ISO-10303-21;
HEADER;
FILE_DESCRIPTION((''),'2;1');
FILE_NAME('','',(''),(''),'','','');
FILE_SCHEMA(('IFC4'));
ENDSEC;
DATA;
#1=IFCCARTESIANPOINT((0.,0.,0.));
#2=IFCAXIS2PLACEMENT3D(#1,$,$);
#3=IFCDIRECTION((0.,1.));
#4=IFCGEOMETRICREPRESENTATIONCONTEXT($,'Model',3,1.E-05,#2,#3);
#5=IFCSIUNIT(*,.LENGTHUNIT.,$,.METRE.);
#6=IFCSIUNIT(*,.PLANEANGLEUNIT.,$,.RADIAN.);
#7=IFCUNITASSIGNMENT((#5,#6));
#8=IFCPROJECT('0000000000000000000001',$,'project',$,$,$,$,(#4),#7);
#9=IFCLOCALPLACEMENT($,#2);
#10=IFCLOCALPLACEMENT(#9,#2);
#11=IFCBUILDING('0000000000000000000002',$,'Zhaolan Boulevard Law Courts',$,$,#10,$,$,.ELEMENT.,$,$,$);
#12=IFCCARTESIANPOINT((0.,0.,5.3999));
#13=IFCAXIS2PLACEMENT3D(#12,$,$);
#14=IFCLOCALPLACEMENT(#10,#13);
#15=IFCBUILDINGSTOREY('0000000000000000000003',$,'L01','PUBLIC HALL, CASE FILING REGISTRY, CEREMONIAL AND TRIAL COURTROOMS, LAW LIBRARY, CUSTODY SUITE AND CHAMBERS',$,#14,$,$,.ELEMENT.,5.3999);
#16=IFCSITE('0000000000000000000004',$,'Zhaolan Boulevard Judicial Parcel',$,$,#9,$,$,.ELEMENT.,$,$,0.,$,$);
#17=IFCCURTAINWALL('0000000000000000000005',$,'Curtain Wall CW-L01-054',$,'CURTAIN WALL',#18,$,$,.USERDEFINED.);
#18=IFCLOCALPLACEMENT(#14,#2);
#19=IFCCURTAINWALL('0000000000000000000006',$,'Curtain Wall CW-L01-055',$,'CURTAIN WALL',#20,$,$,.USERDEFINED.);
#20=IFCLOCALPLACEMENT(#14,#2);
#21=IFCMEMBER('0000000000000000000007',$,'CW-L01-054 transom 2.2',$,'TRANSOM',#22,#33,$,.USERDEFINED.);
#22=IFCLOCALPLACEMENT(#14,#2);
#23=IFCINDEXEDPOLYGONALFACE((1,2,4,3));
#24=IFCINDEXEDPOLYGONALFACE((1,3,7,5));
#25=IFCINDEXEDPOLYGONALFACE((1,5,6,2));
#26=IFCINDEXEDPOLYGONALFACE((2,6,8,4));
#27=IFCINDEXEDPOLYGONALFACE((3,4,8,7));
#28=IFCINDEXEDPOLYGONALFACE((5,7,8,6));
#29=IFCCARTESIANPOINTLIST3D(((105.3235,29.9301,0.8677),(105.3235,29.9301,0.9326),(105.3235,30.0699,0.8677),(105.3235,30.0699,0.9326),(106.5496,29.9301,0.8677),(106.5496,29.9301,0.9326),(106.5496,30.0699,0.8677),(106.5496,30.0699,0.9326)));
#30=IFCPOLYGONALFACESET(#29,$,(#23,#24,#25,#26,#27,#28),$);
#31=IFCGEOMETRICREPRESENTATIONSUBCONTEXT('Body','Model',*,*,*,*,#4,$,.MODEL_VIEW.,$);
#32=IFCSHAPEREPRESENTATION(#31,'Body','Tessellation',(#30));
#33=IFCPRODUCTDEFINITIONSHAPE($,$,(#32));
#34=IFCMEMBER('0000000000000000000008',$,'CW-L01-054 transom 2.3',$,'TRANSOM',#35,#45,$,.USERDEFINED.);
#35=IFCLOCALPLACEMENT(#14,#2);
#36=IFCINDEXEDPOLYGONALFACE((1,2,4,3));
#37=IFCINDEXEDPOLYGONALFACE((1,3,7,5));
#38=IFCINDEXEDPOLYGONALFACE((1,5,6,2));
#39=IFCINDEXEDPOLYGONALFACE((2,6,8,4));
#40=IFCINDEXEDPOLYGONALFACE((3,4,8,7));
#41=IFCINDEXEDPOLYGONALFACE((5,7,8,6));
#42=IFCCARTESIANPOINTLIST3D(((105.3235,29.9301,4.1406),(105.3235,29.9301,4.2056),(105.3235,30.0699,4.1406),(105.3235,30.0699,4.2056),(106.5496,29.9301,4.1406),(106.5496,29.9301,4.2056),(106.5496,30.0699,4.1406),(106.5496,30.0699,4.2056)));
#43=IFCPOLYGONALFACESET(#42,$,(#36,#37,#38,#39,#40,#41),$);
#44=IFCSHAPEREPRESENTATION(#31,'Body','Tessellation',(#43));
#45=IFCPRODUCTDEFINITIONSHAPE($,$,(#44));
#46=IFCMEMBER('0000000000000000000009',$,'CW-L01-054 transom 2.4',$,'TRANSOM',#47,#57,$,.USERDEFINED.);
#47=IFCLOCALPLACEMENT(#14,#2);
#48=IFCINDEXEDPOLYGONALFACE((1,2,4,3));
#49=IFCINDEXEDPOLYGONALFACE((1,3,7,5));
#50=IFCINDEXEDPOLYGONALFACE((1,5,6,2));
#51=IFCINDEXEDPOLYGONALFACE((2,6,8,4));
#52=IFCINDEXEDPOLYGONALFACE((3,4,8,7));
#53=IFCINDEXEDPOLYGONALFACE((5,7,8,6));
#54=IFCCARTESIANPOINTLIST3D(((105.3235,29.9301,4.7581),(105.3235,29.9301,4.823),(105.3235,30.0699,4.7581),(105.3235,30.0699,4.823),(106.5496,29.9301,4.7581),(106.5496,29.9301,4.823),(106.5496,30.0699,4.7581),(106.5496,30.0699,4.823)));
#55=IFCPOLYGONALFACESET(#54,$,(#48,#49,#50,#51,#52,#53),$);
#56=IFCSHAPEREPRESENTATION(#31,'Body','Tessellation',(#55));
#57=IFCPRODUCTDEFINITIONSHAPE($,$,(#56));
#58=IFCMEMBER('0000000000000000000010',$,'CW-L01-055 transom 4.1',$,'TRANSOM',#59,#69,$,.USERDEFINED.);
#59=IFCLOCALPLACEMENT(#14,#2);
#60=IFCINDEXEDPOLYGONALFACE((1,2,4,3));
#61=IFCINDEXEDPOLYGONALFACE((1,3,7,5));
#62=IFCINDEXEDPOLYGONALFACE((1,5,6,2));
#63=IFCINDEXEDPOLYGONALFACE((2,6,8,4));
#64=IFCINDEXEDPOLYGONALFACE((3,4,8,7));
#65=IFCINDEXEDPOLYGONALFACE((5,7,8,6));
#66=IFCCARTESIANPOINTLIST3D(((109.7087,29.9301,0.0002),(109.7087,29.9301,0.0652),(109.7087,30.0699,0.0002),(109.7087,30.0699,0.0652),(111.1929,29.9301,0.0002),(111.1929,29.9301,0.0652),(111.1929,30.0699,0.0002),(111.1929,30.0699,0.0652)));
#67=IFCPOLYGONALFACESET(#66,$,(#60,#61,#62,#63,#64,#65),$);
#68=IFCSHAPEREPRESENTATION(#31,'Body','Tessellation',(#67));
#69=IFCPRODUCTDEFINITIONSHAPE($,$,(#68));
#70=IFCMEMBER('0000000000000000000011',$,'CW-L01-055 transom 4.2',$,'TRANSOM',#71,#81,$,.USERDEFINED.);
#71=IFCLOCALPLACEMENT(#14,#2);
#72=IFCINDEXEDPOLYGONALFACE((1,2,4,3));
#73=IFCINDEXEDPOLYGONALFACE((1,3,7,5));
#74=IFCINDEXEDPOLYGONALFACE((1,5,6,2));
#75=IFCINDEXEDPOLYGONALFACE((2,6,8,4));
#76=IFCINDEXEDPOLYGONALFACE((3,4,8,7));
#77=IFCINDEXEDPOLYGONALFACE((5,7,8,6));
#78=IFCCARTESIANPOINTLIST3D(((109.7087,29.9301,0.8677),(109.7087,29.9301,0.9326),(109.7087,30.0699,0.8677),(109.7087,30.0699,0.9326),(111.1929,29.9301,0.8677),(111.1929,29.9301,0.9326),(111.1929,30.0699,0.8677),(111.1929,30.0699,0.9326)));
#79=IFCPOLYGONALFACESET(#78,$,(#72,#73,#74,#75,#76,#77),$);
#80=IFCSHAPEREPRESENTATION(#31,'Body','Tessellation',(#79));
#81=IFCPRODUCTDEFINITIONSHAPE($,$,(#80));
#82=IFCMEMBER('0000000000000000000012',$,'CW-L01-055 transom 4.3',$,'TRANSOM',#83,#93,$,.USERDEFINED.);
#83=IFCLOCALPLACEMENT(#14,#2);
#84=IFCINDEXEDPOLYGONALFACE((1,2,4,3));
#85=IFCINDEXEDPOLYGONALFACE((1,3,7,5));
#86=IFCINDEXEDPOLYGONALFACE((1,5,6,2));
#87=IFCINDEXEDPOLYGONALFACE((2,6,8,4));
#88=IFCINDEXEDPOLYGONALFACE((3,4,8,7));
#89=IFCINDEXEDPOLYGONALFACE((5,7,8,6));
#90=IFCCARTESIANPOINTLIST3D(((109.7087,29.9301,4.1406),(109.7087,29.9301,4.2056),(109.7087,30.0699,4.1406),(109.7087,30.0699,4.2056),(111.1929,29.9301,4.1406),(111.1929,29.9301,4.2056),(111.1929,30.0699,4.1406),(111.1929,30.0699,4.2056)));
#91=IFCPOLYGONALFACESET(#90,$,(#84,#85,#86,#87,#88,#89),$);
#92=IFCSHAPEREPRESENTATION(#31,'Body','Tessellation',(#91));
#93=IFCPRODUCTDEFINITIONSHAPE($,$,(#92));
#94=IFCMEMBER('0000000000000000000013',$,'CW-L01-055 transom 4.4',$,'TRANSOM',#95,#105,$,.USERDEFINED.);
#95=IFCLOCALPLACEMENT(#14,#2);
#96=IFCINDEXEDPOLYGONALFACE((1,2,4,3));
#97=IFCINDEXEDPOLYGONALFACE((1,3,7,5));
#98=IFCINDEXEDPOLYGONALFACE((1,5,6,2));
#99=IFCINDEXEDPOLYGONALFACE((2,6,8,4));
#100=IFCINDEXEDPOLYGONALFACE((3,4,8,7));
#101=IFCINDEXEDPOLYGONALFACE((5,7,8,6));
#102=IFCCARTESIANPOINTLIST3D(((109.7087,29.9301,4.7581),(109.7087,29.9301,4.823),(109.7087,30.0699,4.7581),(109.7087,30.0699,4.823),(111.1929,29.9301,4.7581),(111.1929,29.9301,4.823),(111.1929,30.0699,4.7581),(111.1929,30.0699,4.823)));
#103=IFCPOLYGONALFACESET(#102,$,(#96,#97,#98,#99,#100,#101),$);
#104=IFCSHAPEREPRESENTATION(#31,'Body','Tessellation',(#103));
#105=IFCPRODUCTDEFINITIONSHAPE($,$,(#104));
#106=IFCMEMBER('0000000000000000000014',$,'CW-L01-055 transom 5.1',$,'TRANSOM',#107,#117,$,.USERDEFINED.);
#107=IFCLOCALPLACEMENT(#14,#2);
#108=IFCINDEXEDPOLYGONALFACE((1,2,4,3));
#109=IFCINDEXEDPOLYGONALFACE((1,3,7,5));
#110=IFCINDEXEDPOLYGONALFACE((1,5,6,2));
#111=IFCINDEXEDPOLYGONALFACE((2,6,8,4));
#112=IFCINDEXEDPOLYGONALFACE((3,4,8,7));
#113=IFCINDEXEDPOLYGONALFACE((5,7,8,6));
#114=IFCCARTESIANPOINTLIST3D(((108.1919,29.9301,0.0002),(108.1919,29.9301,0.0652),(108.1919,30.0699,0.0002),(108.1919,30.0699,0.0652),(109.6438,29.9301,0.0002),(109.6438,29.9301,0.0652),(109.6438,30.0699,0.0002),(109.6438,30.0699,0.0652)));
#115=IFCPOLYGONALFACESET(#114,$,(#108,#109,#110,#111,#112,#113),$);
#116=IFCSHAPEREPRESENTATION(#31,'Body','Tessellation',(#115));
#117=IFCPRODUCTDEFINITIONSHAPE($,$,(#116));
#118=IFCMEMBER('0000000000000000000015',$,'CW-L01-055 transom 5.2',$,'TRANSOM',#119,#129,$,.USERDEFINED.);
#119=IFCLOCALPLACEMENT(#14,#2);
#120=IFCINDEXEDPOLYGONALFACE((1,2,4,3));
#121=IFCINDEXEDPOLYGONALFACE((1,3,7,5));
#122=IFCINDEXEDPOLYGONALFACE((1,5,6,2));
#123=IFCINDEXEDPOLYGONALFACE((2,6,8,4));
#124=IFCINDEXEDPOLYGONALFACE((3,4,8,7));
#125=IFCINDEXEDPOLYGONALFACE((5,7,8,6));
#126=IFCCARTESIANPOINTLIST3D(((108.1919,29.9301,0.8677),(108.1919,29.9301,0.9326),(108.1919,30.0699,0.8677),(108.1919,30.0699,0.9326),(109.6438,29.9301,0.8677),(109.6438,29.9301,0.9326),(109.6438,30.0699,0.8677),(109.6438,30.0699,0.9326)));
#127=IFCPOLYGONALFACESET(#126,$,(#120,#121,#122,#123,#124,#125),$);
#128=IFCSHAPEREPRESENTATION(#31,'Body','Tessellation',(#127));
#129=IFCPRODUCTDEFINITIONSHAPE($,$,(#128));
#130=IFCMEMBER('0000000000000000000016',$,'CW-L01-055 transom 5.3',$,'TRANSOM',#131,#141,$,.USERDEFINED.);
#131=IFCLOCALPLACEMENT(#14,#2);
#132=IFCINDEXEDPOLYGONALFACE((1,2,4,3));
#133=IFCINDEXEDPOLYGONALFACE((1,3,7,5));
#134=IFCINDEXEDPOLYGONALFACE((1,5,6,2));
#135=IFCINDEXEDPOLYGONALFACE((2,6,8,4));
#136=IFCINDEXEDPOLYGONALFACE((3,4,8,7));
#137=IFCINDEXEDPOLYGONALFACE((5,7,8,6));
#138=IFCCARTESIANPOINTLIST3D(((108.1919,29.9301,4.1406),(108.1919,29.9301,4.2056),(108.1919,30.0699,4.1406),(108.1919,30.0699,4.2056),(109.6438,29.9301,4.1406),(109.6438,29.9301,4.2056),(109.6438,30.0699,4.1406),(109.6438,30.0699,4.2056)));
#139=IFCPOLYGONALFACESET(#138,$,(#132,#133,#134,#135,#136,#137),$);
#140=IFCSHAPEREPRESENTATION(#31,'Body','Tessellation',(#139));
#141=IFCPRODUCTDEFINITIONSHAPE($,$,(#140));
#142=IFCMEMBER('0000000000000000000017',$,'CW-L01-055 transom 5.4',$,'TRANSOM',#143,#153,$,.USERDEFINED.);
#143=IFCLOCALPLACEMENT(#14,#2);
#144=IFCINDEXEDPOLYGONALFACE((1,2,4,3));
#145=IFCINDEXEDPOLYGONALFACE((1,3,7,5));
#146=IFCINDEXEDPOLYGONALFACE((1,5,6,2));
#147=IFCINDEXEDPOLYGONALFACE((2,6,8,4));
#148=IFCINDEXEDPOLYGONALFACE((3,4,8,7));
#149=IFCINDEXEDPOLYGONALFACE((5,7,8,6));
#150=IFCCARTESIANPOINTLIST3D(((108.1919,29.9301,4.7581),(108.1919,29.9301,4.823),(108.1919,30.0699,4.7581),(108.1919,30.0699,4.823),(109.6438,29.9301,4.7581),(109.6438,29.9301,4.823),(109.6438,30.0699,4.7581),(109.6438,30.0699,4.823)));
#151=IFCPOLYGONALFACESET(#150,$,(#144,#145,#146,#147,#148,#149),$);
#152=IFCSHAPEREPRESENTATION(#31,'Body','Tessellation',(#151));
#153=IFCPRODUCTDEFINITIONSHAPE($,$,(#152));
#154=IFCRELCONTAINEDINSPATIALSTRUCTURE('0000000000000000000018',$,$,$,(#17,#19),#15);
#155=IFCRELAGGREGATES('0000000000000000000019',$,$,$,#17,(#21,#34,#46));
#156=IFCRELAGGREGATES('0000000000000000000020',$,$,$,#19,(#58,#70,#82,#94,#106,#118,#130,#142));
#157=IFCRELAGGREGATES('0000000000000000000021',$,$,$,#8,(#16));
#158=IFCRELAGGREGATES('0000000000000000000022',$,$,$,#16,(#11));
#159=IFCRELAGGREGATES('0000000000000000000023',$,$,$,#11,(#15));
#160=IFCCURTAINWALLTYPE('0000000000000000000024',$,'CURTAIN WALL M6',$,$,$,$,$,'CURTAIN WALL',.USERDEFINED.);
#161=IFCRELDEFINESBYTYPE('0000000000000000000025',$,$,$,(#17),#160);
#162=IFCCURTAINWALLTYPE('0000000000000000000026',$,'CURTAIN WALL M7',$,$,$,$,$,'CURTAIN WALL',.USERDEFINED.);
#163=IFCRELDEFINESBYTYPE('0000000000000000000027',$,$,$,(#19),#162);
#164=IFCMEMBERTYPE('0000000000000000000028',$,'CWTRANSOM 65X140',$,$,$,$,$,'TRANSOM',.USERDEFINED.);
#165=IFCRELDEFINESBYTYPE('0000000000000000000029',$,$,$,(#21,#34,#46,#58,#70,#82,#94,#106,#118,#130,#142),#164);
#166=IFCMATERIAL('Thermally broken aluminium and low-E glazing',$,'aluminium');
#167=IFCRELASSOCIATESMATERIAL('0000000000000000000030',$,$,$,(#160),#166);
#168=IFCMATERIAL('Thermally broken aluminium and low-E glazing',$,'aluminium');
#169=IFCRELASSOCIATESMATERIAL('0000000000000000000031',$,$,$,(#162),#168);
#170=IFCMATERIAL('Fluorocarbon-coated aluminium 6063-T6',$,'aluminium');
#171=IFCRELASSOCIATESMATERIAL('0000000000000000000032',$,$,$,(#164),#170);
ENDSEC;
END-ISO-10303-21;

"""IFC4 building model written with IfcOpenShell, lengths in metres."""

from ifc_helpers import new_model, si_unit, direction, frame, origin, origin_2d, place, context, subcontext, project, spatial, rectangle, extrude, material, material_profile, profile_set, type_object, element, aggregate, save


model = new_model("IFC4")

# Units and contexts
model_context = context("Model", 3, precision=1e-05, world=origin(), true_north=direction((0.0, 1.0)))
body_context = subcontext(model_context, "Body", "Model", "MODEL_VIEW")
ifc_project = project(units=[si_unit("LENGTHUNIT", "METRE"), si_unit("PLANEANGLEUNIT", "RADIAN")], contexts=[model_context])

# Site, building, storey
site_placement = place(None, origin())
site = spatial("IfcSite", under=ifc_project, at=site_placement, Name="Zhaolan Boulevard Judicial Parcel", CompositionType="ELEMENT", RefElevation=0.0)
building_placement = place(site_placement, origin())
building = spatial("IfcBuilding", under=site, at=building_placement, Name="Zhaolan Boulevard Law Courts", CompositionType="ELEMENT")
storey_placement = place(building_placement, frame((0.0, 0.0, 5.3999)))
storey = spatial("IfcBuildingStorey", under=building, at=storey_placement, Name="L01", Description="PUBLIC HALL, CASE FILING REGISTRY, CEREMONIAL AND TRIAL COURTROOMS, LAW LIBRARY, CUSTODY SUITE AND CHAMBERS", CompositionType="ELEMENT", Elevation=5.3999)

# Curtain walls
ifc_material_1 = material(Name="Thermally broken aluminium and low-E glazing", Category="aluminium")
curtain_wall_type_1 = type_object("IfcCurtainWallType", Name="CURTAIN WALL M6", ElementType="CURTAIN WALL", PredefinedType="USERDEFINED", material=ifc_material_1)
curtain_wall_1_placement = place(storey_placement, origin())
curtain_wall_1 = element("IfcCurtainWall", 1, at=curtain_wall_1_placement, inside=storey, type_object=curtain_wall_type_1, Name="Curtain Wall CW-L01-054", ObjectType="CURTAIN WALL", PredefinedType="USERDEFINED")
ifc_material_2 = material(Name="Thermally broken aluminium and low-E glazing", Category="aluminium")
curtain_wall_type_2 = type_object("IfcCurtainWallType", Name="CURTAIN WALL M7", ElementType="CURTAIN WALL", PredefinedType="USERDEFINED", material=ifc_material_2)
curtain_wall_2_placement = place(storey_placement, origin())
curtain_wall_2 = element("IfcCurtainWall", 2, at=curtain_wall_2_placement, inside=storey, type_object=curtain_wall_type_2, Name="Curtain Wall CW-L01-055", ObjectType="CURTAIN WALL", PredefinedType="USERDEFINED")

# Members
ifc_material_3 = material(Name="Fluorocarbon-coated aluminium 6063-T6", Category="aluminium")
ifc_material_profile_1 = material_profile(ifc_material_3, rectangle(XDim=0.1399, YDim=0.0649, at=origin_2d()), Name="AL65x140")
ifc_profile_set_1 = profile_set([ifc_material_profile_1], Name="Fluorocarbon-coated aluminium 6063-T6")
member_type_1 = type_object("IfcMemberType", Name="CWTRANSOM 65X140", ElementType="TRANSOM", PredefinedType="USERDEFINED", material=ifc_profile_set_1)
member_1_placement = place(storey_placement, frame((106.5496, 30.0, 0.9001), z_axis=(-1.0, 0.0, 0.0), x_axis=(0.0, -1.0, 0.0)))
member_1 = element("IfcMember", 3, at=member_1_placement, type_object=member_type_1, Name="CW-L01-054 transom 2.2", ObjectType="TRANSOM", PredefinedType="USERDEFINED", context=body_context, shape_type="SweptSolid", body=[
    extrude(rectangle(XDim=0.1399, YDim=0.0649, at=origin_2d()), origin(), (0.0, 0.0, 1.0), 1.2261),
])
member_2_placement = place(storey_placement, frame((106.5496, 30.0, 4.1731), z_axis=(-1.0, 0.0, 0.0), x_axis=(0.0, -1.0, 0.0)))
member_2 = element("IfcMember", 4, at=member_2_placement, type_object=member_type_1, Name="CW-L01-054 transom 2.3", ObjectType="TRANSOM", PredefinedType="USERDEFINED", context=body_context, shape_type="SweptSolid", body=[
    extrude(rectangle(XDim=0.1399, YDim=0.0649, at=origin_2d()), origin(), (0.0, 0.0, 1.0), 1.2261),
])
member_3_placement = place(storey_placement, frame((106.5496, 30.0, 4.7905), z_axis=(-1.0, 0.0, 0.0), x_axis=(0.0, -1.0, 0.0)))
member_3 = element("IfcMember", 5, at=member_3_placement, type_object=member_type_1, Name="CW-L01-054 transom 2.4", ObjectType="TRANSOM", PredefinedType="USERDEFINED", context=body_context, shape_type="SweptSolid", body=[
    extrude(rectangle(XDim=0.1399, YDim=0.0649, at=origin_2d()), origin(), (0.0, 0.0, 1.0), 1.2261),
])
member_4_placement = place(storey_placement, frame((111.1929, 30.0, 0.0327), z_axis=(-1.0, 0.0, 0.0), x_axis=(0.0, -1.0, 0.0)))
member_4 = element("IfcMember", 6, at=member_4_placement, type_object=member_type_1, Name="CW-L01-055 transom 4.1", ObjectType="TRANSOM", PredefinedType="USERDEFINED", context=body_context, shape_type="SweptSolid", body=[
    extrude(rectangle(XDim=0.1399, YDim=0.0649, at=origin_2d()), origin(), (0.0, 0.0, 1.0), 1.4841),
])
member_5_placement = place(storey_placement, frame((111.1929, 30.0, 0.9001), z_axis=(-1.0, 0.0, 0.0), x_axis=(0.0, -1.0, 0.0)))
member_5 = element("IfcMember", 7, at=member_5_placement, type_object=member_type_1, Name="CW-L01-055 transom 4.2", ObjectType="TRANSOM", PredefinedType="USERDEFINED", context=body_context, shape_type="SweptSolid", body=[
    extrude(rectangle(XDim=0.1399, YDim=0.0649, at=origin_2d()), origin(), (0.0, 0.0, 1.0), 1.4841),
])
member_6_placement = place(storey_placement, frame((111.1929, 30.0, 4.1731), z_axis=(-1.0, 0.0, 0.0), x_axis=(0.0, -1.0, 0.0)))
member_6 = element("IfcMember", 8, at=member_6_placement, type_object=member_type_1, Name="CW-L01-055 transom 4.3", ObjectType="TRANSOM", PredefinedType="USERDEFINED", context=body_context, shape_type="SweptSolid", body=[
    extrude(rectangle(XDim=0.1399, YDim=0.0649, at=origin_2d()), origin(), (0.0, 0.0, 1.0), 1.4841),
])
member_7_placement = place(storey_placement, frame((111.1929, 30.0, 4.7905), z_axis=(-1.0, 0.0, 0.0), x_axis=(0.0, -1.0, 0.0)))
member_7 = element("IfcMember", 9, at=member_7_placement, type_object=member_type_1, Name="CW-L01-055 transom 4.4", ObjectType="TRANSOM", PredefinedType="USERDEFINED", context=body_context, shape_type="SweptSolid", body=[
    extrude(rectangle(XDim=0.1399, YDim=0.0649, at=origin_2d()), origin(), (0.0, 0.0, 1.0), 1.4841),
])
member_8_placement = place(storey_placement, frame((109.6438, 30.0, 0.0327), z_axis=(-1.0, 0.0, 0.0), x_axis=(0.0, -1.0, 0.0)))
member_8 = element("IfcMember", 10, at=member_8_placement, type_object=member_type_1, Name="CW-L01-055 transom 5.1", ObjectType="TRANSOM", PredefinedType="USERDEFINED", context=body_context, shape_type="SweptSolid", body=[
    extrude(rectangle(XDim=0.1399, YDim=0.0649, at=origin_2d()), origin(), (0.0, 0.0, 1.0), 1.4519),
])
member_9_placement = place(storey_placement, frame((109.6438, 30.0, 0.9001), z_axis=(-1.0, 0.0, 0.0), x_axis=(0.0, -1.0, 0.0)))
member_9 = element("IfcMember", 11, at=member_9_placement, type_object=member_type_1, Name="CW-L01-055 transom 5.2", ObjectType="TRANSOM", PredefinedType="USERDEFINED", context=body_context, shape_type="SweptSolid", body=[
    extrude(rectangle(XDim=0.1399, YDim=0.0649, at=origin_2d()), origin(), (0.0, 0.0, 1.0), 1.4519),
])
member_10_placement = place(storey_placement, frame((109.6438, 30.0, 4.1731), z_axis=(-1.0, 0.0, 0.0), x_axis=(0.0, -1.0, 0.0)))
member_10 = element("IfcMember", 12, at=member_10_placement, type_object=member_type_1, Name="CW-L01-055 transom 5.3", ObjectType="TRANSOM", PredefinedType="USERDEFINED", context=body_context, shape_type="SweptSolid", body=[
    extrude(rectangle(XDim=0.1399, YDim=0.0649, at=origin_2d()), origin(), (0.0, 0.0, 1.0), 1.4519),
])
member_11_placement = place(storey_placement, frame((109.6438, 30.0, 4.7905), z_axis=(-1.0, 0.0, 0.0), x_axis=(0.0, -1.0, 0.0)))
member_11 = element("IfcMember", 13, at=member_11_placement, type_object=member_type_1, Name="CW-L01-055 transom 5.4", ObjectType="TRANSOM", PredefinedType="USERDEFINED", context=body_context, shape_type="SweptSolid", body=[
    extrude(rectangle(XDim=0.1399, YDim=0.0649, at=origin_2d()), origin(), (0.0, 0.0, 1.0), 1.4519),
])

aggregate(curtain_wall_1, [member_1, member_2, member_3])
aggregate(curtain_wall_2, [member_4, member_5, member_6, member_7, member_8, member_9, member_10, member_11])

save(model, "model.ifc")
